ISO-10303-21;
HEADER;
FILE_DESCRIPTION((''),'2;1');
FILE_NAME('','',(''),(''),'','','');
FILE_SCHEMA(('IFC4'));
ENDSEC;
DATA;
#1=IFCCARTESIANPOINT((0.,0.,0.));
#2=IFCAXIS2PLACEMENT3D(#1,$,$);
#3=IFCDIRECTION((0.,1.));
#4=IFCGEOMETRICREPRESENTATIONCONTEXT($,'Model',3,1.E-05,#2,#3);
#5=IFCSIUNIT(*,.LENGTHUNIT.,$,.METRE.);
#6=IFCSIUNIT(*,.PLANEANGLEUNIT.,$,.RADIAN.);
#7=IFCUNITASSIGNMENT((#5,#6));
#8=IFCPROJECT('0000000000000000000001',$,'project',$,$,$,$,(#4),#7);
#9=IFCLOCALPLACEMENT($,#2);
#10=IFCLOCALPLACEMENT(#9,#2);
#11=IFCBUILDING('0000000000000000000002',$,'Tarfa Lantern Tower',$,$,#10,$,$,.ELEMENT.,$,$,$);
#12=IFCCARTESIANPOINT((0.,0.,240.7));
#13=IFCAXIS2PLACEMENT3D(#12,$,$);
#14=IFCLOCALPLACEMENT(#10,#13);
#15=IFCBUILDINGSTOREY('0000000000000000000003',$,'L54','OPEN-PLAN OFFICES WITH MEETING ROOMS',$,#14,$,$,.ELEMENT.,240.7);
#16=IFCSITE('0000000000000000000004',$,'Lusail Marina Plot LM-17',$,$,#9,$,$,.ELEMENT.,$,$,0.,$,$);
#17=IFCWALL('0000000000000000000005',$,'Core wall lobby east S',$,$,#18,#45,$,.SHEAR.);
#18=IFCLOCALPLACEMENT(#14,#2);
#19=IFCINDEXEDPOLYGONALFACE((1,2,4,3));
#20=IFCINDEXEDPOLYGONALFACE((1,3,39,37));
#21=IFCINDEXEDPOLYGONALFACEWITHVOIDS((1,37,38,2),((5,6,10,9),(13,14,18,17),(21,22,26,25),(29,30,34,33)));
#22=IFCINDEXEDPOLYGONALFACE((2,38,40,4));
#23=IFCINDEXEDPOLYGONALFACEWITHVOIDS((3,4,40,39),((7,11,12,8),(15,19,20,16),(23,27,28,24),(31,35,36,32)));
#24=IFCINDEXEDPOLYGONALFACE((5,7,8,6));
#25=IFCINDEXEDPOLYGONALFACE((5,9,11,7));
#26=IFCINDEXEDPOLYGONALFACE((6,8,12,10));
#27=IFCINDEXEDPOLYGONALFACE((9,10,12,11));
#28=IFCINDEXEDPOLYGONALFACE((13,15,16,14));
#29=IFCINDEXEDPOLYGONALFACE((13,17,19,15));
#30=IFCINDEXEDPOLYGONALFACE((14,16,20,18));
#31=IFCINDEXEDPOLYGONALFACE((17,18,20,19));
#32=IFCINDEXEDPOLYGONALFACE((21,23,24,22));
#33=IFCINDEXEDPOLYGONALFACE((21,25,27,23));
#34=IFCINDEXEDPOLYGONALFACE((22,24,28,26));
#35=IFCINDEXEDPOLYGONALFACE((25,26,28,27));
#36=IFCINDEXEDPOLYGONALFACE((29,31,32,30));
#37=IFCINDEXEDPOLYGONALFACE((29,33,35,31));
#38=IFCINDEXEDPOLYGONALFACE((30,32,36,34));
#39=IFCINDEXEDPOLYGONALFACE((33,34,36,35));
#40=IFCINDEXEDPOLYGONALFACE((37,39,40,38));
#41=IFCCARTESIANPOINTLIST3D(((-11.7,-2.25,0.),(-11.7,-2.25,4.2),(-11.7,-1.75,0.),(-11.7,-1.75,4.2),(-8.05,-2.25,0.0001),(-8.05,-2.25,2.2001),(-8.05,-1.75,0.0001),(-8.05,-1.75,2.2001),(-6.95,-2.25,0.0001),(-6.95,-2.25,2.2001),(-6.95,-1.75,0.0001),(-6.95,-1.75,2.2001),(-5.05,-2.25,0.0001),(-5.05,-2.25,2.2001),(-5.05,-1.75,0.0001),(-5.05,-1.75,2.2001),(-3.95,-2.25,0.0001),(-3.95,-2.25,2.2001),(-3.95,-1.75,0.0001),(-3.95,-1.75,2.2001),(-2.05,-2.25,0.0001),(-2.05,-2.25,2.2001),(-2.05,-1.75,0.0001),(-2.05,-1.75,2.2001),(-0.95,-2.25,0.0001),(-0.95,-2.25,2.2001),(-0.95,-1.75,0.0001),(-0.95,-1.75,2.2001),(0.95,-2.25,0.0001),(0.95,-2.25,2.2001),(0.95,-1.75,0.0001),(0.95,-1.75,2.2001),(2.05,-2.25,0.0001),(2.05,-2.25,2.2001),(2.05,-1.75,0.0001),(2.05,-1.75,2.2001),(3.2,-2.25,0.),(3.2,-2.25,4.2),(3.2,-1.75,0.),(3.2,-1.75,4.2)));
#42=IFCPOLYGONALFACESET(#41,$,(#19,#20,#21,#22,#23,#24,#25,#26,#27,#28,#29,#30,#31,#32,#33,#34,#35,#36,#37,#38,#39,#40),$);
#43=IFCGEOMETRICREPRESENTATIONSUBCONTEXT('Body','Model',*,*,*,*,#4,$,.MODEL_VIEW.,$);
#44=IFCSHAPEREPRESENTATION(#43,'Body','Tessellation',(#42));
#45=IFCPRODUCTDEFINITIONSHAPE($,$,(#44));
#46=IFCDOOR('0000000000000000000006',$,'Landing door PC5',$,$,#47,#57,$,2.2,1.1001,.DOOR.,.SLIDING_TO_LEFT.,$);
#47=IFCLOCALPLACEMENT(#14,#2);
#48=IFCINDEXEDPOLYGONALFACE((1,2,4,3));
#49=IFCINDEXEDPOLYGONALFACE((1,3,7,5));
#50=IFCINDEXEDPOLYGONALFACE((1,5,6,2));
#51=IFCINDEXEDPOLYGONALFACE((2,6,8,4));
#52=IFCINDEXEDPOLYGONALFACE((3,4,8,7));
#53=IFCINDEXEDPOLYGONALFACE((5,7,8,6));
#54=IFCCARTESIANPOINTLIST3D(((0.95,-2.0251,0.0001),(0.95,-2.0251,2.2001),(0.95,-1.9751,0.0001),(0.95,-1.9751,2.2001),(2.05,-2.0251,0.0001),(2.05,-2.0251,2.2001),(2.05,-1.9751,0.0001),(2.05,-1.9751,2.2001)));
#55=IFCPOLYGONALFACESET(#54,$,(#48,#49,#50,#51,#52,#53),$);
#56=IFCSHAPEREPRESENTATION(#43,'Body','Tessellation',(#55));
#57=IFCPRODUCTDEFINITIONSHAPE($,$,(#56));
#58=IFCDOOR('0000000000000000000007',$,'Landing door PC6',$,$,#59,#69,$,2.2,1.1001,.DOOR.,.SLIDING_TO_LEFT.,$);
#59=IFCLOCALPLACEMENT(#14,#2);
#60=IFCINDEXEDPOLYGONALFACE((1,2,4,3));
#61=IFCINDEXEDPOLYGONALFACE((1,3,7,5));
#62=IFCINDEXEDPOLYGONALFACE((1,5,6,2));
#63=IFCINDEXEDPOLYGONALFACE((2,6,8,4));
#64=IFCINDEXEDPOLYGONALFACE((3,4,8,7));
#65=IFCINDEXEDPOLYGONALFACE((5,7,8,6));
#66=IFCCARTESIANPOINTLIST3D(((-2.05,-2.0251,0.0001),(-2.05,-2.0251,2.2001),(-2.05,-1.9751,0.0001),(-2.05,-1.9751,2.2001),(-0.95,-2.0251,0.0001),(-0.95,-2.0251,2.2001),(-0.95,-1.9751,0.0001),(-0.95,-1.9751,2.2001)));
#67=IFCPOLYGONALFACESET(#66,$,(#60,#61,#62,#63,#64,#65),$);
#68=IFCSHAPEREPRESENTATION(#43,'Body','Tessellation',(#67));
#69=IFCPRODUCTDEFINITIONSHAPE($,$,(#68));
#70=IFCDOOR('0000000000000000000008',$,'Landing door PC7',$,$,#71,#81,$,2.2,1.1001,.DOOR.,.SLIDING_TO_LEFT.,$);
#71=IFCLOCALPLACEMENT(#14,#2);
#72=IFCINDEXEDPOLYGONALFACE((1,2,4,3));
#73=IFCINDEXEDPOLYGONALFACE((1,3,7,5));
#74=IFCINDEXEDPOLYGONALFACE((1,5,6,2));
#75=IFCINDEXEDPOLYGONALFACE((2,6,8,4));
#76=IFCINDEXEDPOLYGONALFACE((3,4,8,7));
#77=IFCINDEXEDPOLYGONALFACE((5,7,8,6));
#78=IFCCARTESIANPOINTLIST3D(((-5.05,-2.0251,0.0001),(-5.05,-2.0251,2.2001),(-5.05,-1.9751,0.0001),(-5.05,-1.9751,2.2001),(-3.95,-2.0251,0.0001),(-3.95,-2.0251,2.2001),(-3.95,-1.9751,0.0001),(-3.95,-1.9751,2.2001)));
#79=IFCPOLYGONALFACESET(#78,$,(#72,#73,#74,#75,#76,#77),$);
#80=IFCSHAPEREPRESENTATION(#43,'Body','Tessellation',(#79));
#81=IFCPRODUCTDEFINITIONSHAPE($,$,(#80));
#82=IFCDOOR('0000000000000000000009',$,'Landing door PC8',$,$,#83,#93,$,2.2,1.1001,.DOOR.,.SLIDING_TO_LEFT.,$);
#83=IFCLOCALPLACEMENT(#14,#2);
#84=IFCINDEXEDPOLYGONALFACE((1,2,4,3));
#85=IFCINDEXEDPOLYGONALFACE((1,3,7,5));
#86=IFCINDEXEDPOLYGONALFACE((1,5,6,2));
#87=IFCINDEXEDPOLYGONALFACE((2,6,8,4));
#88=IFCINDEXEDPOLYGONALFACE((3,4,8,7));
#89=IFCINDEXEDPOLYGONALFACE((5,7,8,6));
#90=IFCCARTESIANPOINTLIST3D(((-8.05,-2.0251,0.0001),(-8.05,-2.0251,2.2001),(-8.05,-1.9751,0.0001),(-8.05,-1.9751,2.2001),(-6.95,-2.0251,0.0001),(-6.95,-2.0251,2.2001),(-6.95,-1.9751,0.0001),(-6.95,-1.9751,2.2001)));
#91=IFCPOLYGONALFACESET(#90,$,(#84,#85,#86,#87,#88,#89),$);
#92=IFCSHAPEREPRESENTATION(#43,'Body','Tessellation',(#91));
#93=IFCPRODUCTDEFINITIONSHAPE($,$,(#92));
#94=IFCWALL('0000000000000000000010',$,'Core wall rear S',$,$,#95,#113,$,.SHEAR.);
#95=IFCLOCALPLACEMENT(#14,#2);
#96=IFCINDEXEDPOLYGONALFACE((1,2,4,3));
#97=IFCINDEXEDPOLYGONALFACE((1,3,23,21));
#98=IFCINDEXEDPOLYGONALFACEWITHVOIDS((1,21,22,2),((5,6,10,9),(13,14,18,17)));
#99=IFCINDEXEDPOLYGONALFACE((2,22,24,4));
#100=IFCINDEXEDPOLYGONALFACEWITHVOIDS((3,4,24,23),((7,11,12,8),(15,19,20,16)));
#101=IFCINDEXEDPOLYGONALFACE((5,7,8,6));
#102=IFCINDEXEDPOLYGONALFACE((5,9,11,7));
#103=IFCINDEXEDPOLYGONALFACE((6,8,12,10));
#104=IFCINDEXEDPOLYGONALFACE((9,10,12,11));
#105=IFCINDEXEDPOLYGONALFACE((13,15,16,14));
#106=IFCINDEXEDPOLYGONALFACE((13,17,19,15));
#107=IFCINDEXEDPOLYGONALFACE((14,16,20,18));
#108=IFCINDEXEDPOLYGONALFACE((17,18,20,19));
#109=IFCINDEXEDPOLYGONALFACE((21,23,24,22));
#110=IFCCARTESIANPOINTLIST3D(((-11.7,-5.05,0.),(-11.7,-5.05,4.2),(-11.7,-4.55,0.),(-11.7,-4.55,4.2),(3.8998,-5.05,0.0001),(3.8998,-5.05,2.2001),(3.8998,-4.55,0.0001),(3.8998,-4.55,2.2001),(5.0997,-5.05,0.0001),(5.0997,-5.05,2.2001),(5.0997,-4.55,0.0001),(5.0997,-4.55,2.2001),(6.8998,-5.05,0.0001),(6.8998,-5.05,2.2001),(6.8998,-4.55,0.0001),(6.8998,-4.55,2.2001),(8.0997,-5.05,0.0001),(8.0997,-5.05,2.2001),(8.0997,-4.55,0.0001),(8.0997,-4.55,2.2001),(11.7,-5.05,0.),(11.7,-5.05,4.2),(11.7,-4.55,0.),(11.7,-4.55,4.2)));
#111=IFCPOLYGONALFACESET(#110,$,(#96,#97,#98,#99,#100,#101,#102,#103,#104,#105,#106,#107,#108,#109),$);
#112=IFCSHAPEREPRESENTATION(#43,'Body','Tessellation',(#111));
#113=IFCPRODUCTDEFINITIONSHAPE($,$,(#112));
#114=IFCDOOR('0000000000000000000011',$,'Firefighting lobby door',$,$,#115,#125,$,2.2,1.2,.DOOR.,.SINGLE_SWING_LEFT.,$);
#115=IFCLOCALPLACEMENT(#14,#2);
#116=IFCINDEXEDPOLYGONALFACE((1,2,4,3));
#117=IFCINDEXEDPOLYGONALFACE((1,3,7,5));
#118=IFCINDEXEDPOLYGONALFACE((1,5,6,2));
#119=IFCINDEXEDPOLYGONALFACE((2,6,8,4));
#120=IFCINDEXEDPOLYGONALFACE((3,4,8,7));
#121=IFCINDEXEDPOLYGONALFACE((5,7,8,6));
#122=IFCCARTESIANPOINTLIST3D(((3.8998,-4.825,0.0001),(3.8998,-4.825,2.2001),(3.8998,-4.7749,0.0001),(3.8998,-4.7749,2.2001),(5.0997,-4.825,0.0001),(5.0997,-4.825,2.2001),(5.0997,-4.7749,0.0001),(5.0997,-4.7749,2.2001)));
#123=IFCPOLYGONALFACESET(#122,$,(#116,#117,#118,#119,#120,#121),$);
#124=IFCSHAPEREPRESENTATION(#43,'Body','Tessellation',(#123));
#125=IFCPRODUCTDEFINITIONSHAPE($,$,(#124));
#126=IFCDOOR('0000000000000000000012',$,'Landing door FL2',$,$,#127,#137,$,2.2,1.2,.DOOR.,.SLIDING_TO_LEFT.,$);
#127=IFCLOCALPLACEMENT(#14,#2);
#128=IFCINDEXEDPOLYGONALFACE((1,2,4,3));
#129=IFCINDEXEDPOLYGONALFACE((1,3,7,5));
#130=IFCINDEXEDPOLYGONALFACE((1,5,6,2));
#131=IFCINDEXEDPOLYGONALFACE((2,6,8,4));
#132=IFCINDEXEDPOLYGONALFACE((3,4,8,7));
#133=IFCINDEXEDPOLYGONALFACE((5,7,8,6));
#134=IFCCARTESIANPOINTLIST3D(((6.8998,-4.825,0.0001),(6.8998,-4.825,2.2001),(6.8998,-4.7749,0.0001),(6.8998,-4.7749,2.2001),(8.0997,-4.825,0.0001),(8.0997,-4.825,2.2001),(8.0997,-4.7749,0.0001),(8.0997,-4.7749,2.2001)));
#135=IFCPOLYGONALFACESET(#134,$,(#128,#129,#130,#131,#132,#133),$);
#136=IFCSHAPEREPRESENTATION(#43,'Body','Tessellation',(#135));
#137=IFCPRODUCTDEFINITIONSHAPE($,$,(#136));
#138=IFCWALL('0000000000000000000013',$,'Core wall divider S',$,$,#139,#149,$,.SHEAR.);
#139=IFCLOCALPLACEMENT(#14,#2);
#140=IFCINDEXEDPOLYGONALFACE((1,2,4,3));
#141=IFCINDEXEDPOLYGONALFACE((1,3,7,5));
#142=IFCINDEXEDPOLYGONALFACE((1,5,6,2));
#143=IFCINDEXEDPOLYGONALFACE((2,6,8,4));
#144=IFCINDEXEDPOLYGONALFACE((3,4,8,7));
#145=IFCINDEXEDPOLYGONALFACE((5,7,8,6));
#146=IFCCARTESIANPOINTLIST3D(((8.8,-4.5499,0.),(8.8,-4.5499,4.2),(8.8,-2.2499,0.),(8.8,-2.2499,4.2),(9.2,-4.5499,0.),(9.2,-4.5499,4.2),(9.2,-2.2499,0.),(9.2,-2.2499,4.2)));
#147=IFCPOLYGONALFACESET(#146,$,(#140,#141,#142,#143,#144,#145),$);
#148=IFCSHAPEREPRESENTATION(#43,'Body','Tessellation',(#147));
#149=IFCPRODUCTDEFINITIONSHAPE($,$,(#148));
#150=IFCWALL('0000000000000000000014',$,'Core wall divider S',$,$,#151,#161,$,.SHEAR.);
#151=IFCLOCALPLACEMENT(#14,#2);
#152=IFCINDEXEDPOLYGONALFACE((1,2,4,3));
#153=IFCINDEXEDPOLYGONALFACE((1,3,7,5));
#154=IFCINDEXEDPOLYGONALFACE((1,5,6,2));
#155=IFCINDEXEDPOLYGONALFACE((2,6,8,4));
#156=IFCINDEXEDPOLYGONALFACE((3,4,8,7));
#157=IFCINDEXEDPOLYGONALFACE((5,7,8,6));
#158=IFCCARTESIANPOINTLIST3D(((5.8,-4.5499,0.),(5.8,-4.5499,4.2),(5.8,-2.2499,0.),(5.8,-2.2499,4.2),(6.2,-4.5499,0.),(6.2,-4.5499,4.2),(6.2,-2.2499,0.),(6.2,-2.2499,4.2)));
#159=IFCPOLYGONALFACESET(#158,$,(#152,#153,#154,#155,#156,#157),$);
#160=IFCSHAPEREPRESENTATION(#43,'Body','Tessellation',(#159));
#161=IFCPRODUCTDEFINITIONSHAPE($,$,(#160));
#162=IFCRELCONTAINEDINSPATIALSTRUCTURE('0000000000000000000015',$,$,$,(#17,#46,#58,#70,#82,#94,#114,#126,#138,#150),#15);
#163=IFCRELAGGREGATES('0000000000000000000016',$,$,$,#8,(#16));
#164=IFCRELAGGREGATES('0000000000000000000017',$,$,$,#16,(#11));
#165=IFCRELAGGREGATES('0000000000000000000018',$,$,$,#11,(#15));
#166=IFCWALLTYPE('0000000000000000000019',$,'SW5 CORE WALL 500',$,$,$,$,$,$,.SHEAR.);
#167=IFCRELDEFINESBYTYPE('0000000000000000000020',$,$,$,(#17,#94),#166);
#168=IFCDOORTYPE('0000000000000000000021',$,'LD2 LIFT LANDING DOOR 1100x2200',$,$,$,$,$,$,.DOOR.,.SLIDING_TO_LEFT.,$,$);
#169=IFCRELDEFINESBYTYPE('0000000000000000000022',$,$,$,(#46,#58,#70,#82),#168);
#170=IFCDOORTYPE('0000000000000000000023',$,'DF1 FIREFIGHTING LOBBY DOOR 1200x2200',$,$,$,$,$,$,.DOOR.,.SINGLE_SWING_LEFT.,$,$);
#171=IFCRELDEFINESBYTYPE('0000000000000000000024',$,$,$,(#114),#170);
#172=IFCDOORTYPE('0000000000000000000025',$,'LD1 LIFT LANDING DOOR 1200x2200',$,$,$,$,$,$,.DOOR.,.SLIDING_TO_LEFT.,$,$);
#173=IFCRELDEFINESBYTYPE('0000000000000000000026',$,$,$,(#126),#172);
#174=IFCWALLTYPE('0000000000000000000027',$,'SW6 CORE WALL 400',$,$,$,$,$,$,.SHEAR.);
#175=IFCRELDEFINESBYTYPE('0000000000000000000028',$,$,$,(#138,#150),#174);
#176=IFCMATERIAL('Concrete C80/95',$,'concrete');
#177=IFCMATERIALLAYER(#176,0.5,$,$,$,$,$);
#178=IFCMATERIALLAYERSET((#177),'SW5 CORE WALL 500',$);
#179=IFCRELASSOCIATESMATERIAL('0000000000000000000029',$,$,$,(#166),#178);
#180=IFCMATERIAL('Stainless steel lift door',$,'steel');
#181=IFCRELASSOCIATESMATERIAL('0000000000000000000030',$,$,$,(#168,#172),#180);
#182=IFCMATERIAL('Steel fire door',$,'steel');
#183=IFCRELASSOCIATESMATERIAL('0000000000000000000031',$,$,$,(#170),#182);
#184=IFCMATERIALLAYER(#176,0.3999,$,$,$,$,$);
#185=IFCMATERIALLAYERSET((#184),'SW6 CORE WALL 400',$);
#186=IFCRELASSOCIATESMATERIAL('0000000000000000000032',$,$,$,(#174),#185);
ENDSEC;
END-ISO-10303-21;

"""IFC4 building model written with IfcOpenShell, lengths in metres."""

from ifc_helpers import new_model, si_unit, direction, frame, frame_2d, origin, place, context, subcontext, project, spatial, rectangle, extrude, material, layer, layer_set, type_object, element, fill, save


model = new_model("IFC4")

# Units and contexts
model_context = context("Model", 3, precision=1e-05, world=origin(), true_north=direction((0.0, 1.0)))
body_context = subcontext(model_context, "Body", "Model", "MODEL_VIEW")
ifc_project = project(units=[si_unit("LENGTHUNIT", "METRE"), si_unit("PLANEANGLEUNIT", "RADIAN")], contexts=[model_context])

# Site, building, storey
site_placement = place(None, origin())
site = spatial("IfcSite", under=ifc_project, at=site_placement, Name="Lusail Marina Plot LM-17", CompositionType="ELEMENT", RefElevation=0.0)
building_placement = place(site_placement, origin())
building = spatial("IfcBuilding", under=site, at=building_placement, Name="Tarfa Lantern Tower", CompositionType="ELEMENT")
storey_placement = place(building_placement, frame((0.0, 0.0, 240.7)))
storey = spatial("IfcBuildingStorey", under=building, at=storey_placement, Name="L54", Description="OPEN-PLAN OFFICES WITH MEETING ROOMS", CompositionType="ELEMENT", Elevation=240.7)

# Shared definitions
ifc_material_1 = material(Name="Concrete C80/95", Category="concrete")

# Shared definitions
ifc_material_2 = material(Name="Steel fire door", Category="steel")

# Shared definitions
ifc_layer_1 = layer(ifc_material_1, 0.5)
ifc_layer_set_1 = layer_set([ifc_layer_1], Name="SW5 CORE WALL 500")
wall_type_1 = type_object("IfcWallType", Name="SW5 CORE WALL 500", PredefinedType="SHEAR", material=ifc_layer_set_1)

# Walls, openings, doors
wall_1_placement = place(storey_placement, frame((3.2, -2.0, 0.0), z_axis=(0.0, 0.0, 1.0), x_axis=(-1.0, 0.0, 0.0)))
wall_1 = element("IfcWall", 1, at=wall_1_placement, inside=storey, type_object=wall_type_1, Name="Core wall lobby east S", PredefinedType="SHEAR", context=body_context, shape_type="SweptSolid", body=[
    extrude(rectangle(XDim=14.8999, YDim=0.5, at=frame_2d((7.45, 0.0))), origin(), (0.0, 0.0, 1.0), 4.2),
])
opening_1_placement = place(wall_1_placement, frame((1.1499, 0.0, 0.0)))
opening_1 = element("IfcOpeningElement", 2, at=opening_1_placement, cuts=wall_1, PredefinedType="OPENING", context=body_context, shape_type="SweptSolid", body=[
    extrude(rectangle(XDim=1.1001, YDim=2.2, at=frame_2d((0.55, 1.1001))), frame((0.0, 0.26, 0.0), z_axis=(0.0, -1.0, 0.0), x_axis=(1.0, 0.0, 0.0)), (0.0, 0.0, 1.0), 0.52),
])
opening_2_placement = place(wall_1_placement, frame((4.1499, 0.0, 0.0)))
opening_2 = element("IfcOpeningElement", 3, at=opening_2_placement, cuts=wall_1, PredefinedType="OPENING", context=body_context, shape_type="SweptSolid", body=[
    extrude(rectangle(XDim=1.1001, YDim=2.2, at=frame_2d((0.55, 1.1001))), frame((0.0, 0.26, 0.0), z_axis=(0.0, -1.0, 0.0), x_axis=(1.0, 0.0, 0.0)), (0.0, 0.0, 1.0), 0.52),
])
opening_3_placement = place(wall_1_placement, frame((7.1499, 0.0, 0.0)))
opening_3 = element("IfcOpeningElement", 4, at=opening_3_placement, cuts=wall_1, PredefinedType="OPENING", context=body_context, shape_type="SweptSolid", body=[
    extrude(rectangle(XDim=1.1001, YDim=2.2, at=frame_2d((0.55, 1.1001))), frame((0.0, 0.26, 0.0), z_axis=(0.0, -1.0, 0.0), x_axis=(1.0, 0.0, 0.0)), (0.0, 0.0, 1.0), 0.52),
])
opening_4_placement = place(wall_1_placement, frame((10.1499, 0.0, 0.0)))
opening_4 = element("IfcOpeningElement", 5, at=opening_4_placement, cuts=wall_1, PredefinedType="OPENING", context=body_context, shape_type="SweptSolid", body=[
    extrude(rectangle(XDim=1.1001, YDim=2.2, at=frame_2d((0.55, 1.1001))), frame((0.0, 0.26, 0.0), z_axis=(0.0, -1.0, 0.0), x_axis=(1.0, 0.0, 0.0)), (0.0, 0.0, 1.0), 0.52),
])
ifc_material_3 = material(Name="Stainless steel lift door", Category="steel")
door_type_1 = type_object("IfcDoorType", Name="LD2 LIFT LANDING DOOR 1100x2200", OperationType="SLIDING_TO_LEFT", PredefinedType="DOOR", material=ifc_material_3)
door_1_placement = place(opening_1_placement, frame((1.1001, 0.0, 0.0), z_axis=(0.0, 0.0, 1.0), x_axis=(-1.0, 0.0, 0.0)))
door_1 = element("IfcDoor", 6, at=door_1_placement, inside=storey, type_object=door_type_1, Name="Landing door PC5", OperationType="SLIDING_TO_LEFT", OverallHeight=2.2, OverallWidth=1.1001, PredefinedType="DOOR", context=body_context, shape_type="SweptSolid", body=[
    extrude(rectangle(XDim=1.1001, YDim=2.2, at=frame_2d((0.55, 1.1001))), frame((0.0, 0.0249, 0.0), z_axis=(0.0, -1.0, 0.0), x_axis=(1.0, 0.0, 0.0)), (0.0, 0.0, 1.0), 0.05),
])
fill(opening_1, door_1)
door_2_placement = place(opening_2_placement, frame((1.1001, 0.0, 0.0), z_axis=(0.0, 0.0, 1.0), x_axis=(-1.0, 0.0, 0.0)))
door_2 = element("IfcDoor", 7, at=door_2_placement, inside=storey, type_object=door_type_1, Name="Landing door PC6", OperationType="SLIDING_TO_LEFT", OverallHeight=2.2, OverallWidth=1.1001, PredefinedType="DOOR", context=body_context, shape_type="SweptSolid", body=[
    extrude(rectangle(XDim=1.1001, YDim=2.2, at=frame_2d((0.55, 1.1001))), frame((0.0, 0.0249, 0.0), z_axis=(0.0, -1.0, 0.0), x_axis=(1.0, 0.0, 0.0)), (0.0, 0.0, 1.0), 0.05),
])
fill(opening_2, door_2)
door_3_placement = place(opening_3_placement, frame((1.1001, 0.0, 0.0), z_axis=(0.0, 0.0, 1.0), x_axis=(-1.0, 0.0, 0.0)))
door_3 = element("IfcDoor", 8, at=door_3_placement, inside=storey, type_object=door_type_1, Name="Landing door PC7", OperationType="SLIDING_TO_LEFT", OverallHeight=2.2, OverallWidth=1.1001, PredefinedType="DOOR", context=body_context, shape_type="SweptSolid", body=[
    extrude(rectangle(XDim=1.1001, YDim=2.2, at=frame_2d((0.55, 1.1001))), frame((0.0, 0.0249, 0.0), z_axis=(0.0, -1.0, 0.0), x_axis=(1.0, 0.0, 0.0)), (0.0, 0.0, 1.0), 0.05),
])
fill(opening_3, door_3)
door_4_placement = place(opening_4_placement, frame((1.1001, 0.0, 0.0), z_axis=(0.0, 0.0, 1.0), x_axis=(-1.0, 0.0, 0.0)))
door_4 = element("IfcDoor", 9, at=door_4_placement, inside=storey, type_object=door_type_1, Name="Landing door PC8", OperationType="SLIDING_TO_LEFT", OverallHeight=2.2, OverallWidth=1.1001, PredefinedType="DOOR", context=body_context, shape_type="SweptSolid", body=[
    extrude(rectangle(XDim=1.1001, YDim=2.2, at=frame_2d((0.55, 1.1001))), frame((0.0, 0.0249, 0.0), z_axis=(0.0, -1.0, 0.0), x_axis=(1.0, 0.0, 0.0)), (0.0, 0.0, 1.0), 0.05),
])
fill(opening_4, door_4)
wall_2_placement = place(storey_placement, frame((11.7, -4.8, 0.0), z_axis=(0.0, 0.0, 1.0), x_axis=(-1.0, 0.0, 0.0)))
wall_2 = element("IfcWall", 10, at=wall_2_placement, inside=storey, type_object=wall_type_1, Name="Core wall rear S", PredefinedType="SHEAR", context=body_context, shape_type="SweptSolid", body=[
    extrude(rectangle(XDim=23.3999, YDim=0.5, at=frame_2d((11.7, 0.0))), origin(), (0.0, 0.0, 1.0), 4.2),
])
opening_5_placement = place(wall_2_placement, frame((6.6001, 0.0, 0.0)))
opening_5 = element("IfcOpeningElement", 11, at=opening_5_placement, cuts=wall_2, PredefinedType="OPENING", context=body_context, shape_type="SweptSolid", body=[
    extrude(rectangle(XDim=1.2, YDim=2.2, at=frame_2d((0.6001, 1.1001))), frame((0.0, 0.26, 0.0), z_axis=(0.0, -1.0, 0.0), x_axis=(1.0, 0.0, 0.0)), (0.0, 0.0, 1.0), 0.52),
])
opening_6_placement = place(wall_2_placement, frame((3.6001, 0.0, 0.0)))
opening_6 = element("IfcOpeningElement", 12, at=opening_6_placement, cuts=wall_2, PredefinedType="OPENING", context=body_context, shape_type="SweptSolid", body=[
    extrude(rectangle(XDim=1.2, YDim=2.2, at=frame_2d((0.6001, 1.1001))), frame((0.0, 0.26, 0.0), z_axis=(0.0, -1.0, 0.0), x_axis=(1.0, 0.0, 0.0)), (0.0, 0.0, 1.0), 0.52),
])
door_type_2 = type_object("IfcDoorType", Name="DF1 FIREFIGHTING LOBBY DOOR 1200x2200", OperationType="SINGLE_SWING_LEFT", PredefinedType="DOOR", material=ifc_material_2)
door_5_placement = place(opening_5_placement, origin())
door_5 = element("IfcDoor", 13, at=door_5_placement, inside=storey, type_object=door_type_2, Name="Firefighting lobby door", OperationType="SINGLE_SWING_LEFT", OverallHeight=2.2, OverallWidth=1.2, PredefinedType="DOOR", context=body_context, shape_type="SweptSolid", body=[
    extrude(rectangle(XDim=1.2, YDim=2.2, at=frame_2d((0.6001, 1.1001))), frame((0.0, 0.0249, 0.0), z_axis=(0.0, -1.0, 0.0), x_axis=(1.0, 0.0, 0.0)), (0.0, 0.0, 1.0), 0.05),
])
fill(opening_5, door_5)
door_type_3 = type_object("IfcDoorType", Name="LD1 LIFT LANDING DOOR 1200x2200", OperationType="SLIDING_TO_LEFT", PredefinedType="DOOR", material=ifc_material_3)
door_6_placement = place(opening_6_placement, origin())
door_6 = element("IfcDoor", 14, at=door_6_placement, inside=storey, type_object=door_type_3, Name="Landing door FL2", OperationType="SLIDING_TO_LEFT", OverallHeight=2.2, OverallWidth=1.2, PredefinedType="DOOR", context=body_context, shape_type="SweptSolid", body=[
    extrude(rectangle(XDim=1.2, YDim=2.2, at=frame_2d((0.6001, 1.1001))), frame((0.0, 0.0249, 0.0), z_axis=(0.0, -1.0, 0.0), x_axis=(1.0, 0.0, 0.0)), (0.0, 0.0, 1.0), 0.05),
])
fill(opening_6, door_6)

# Walls
ifc_layer_2 = layer(ifc_material_1, 0.3999)
ifc_layer_set_2 = layer_set([ifc_layer_2], Name="SW6 CORE WALL 400")
wall_type_2 = type_object("IfcWallType", Name="SW6 CORE WALL 400", PredefinedType="SHEAR", material=ifc_layer_set_2)
for number, where, z_axis, x_axis, name in (
    (15, (9.0, -2.25, 0.0), (0.0, 0.0, 1.0), (0.0, -1.0, 0.0), "Core wall divider S"),
    (16, (6.0, -2.25, 0.0), (0.0, 0.0, 1.0), (0.0, -1.0, 0.0), "Core wall divider S"),
):
    element("IfcWall", number, at=place(storey_placement, frame(where, z_axis=z_axis, x_axis=x_axis)), inside=storey, type_object=wall_type_2, Name=name, PredefinedType="SHEAR", context=body_context, shape_type="SweptSolid", body=[
        extrude(rectangle(XDim=2.3, YDim=0.3999, at=frame_2d((1.1499, 0.0))), origin(), (0.0, 0.0, 1.0), 4.2),
    ])

save(model, "model.ifc")
